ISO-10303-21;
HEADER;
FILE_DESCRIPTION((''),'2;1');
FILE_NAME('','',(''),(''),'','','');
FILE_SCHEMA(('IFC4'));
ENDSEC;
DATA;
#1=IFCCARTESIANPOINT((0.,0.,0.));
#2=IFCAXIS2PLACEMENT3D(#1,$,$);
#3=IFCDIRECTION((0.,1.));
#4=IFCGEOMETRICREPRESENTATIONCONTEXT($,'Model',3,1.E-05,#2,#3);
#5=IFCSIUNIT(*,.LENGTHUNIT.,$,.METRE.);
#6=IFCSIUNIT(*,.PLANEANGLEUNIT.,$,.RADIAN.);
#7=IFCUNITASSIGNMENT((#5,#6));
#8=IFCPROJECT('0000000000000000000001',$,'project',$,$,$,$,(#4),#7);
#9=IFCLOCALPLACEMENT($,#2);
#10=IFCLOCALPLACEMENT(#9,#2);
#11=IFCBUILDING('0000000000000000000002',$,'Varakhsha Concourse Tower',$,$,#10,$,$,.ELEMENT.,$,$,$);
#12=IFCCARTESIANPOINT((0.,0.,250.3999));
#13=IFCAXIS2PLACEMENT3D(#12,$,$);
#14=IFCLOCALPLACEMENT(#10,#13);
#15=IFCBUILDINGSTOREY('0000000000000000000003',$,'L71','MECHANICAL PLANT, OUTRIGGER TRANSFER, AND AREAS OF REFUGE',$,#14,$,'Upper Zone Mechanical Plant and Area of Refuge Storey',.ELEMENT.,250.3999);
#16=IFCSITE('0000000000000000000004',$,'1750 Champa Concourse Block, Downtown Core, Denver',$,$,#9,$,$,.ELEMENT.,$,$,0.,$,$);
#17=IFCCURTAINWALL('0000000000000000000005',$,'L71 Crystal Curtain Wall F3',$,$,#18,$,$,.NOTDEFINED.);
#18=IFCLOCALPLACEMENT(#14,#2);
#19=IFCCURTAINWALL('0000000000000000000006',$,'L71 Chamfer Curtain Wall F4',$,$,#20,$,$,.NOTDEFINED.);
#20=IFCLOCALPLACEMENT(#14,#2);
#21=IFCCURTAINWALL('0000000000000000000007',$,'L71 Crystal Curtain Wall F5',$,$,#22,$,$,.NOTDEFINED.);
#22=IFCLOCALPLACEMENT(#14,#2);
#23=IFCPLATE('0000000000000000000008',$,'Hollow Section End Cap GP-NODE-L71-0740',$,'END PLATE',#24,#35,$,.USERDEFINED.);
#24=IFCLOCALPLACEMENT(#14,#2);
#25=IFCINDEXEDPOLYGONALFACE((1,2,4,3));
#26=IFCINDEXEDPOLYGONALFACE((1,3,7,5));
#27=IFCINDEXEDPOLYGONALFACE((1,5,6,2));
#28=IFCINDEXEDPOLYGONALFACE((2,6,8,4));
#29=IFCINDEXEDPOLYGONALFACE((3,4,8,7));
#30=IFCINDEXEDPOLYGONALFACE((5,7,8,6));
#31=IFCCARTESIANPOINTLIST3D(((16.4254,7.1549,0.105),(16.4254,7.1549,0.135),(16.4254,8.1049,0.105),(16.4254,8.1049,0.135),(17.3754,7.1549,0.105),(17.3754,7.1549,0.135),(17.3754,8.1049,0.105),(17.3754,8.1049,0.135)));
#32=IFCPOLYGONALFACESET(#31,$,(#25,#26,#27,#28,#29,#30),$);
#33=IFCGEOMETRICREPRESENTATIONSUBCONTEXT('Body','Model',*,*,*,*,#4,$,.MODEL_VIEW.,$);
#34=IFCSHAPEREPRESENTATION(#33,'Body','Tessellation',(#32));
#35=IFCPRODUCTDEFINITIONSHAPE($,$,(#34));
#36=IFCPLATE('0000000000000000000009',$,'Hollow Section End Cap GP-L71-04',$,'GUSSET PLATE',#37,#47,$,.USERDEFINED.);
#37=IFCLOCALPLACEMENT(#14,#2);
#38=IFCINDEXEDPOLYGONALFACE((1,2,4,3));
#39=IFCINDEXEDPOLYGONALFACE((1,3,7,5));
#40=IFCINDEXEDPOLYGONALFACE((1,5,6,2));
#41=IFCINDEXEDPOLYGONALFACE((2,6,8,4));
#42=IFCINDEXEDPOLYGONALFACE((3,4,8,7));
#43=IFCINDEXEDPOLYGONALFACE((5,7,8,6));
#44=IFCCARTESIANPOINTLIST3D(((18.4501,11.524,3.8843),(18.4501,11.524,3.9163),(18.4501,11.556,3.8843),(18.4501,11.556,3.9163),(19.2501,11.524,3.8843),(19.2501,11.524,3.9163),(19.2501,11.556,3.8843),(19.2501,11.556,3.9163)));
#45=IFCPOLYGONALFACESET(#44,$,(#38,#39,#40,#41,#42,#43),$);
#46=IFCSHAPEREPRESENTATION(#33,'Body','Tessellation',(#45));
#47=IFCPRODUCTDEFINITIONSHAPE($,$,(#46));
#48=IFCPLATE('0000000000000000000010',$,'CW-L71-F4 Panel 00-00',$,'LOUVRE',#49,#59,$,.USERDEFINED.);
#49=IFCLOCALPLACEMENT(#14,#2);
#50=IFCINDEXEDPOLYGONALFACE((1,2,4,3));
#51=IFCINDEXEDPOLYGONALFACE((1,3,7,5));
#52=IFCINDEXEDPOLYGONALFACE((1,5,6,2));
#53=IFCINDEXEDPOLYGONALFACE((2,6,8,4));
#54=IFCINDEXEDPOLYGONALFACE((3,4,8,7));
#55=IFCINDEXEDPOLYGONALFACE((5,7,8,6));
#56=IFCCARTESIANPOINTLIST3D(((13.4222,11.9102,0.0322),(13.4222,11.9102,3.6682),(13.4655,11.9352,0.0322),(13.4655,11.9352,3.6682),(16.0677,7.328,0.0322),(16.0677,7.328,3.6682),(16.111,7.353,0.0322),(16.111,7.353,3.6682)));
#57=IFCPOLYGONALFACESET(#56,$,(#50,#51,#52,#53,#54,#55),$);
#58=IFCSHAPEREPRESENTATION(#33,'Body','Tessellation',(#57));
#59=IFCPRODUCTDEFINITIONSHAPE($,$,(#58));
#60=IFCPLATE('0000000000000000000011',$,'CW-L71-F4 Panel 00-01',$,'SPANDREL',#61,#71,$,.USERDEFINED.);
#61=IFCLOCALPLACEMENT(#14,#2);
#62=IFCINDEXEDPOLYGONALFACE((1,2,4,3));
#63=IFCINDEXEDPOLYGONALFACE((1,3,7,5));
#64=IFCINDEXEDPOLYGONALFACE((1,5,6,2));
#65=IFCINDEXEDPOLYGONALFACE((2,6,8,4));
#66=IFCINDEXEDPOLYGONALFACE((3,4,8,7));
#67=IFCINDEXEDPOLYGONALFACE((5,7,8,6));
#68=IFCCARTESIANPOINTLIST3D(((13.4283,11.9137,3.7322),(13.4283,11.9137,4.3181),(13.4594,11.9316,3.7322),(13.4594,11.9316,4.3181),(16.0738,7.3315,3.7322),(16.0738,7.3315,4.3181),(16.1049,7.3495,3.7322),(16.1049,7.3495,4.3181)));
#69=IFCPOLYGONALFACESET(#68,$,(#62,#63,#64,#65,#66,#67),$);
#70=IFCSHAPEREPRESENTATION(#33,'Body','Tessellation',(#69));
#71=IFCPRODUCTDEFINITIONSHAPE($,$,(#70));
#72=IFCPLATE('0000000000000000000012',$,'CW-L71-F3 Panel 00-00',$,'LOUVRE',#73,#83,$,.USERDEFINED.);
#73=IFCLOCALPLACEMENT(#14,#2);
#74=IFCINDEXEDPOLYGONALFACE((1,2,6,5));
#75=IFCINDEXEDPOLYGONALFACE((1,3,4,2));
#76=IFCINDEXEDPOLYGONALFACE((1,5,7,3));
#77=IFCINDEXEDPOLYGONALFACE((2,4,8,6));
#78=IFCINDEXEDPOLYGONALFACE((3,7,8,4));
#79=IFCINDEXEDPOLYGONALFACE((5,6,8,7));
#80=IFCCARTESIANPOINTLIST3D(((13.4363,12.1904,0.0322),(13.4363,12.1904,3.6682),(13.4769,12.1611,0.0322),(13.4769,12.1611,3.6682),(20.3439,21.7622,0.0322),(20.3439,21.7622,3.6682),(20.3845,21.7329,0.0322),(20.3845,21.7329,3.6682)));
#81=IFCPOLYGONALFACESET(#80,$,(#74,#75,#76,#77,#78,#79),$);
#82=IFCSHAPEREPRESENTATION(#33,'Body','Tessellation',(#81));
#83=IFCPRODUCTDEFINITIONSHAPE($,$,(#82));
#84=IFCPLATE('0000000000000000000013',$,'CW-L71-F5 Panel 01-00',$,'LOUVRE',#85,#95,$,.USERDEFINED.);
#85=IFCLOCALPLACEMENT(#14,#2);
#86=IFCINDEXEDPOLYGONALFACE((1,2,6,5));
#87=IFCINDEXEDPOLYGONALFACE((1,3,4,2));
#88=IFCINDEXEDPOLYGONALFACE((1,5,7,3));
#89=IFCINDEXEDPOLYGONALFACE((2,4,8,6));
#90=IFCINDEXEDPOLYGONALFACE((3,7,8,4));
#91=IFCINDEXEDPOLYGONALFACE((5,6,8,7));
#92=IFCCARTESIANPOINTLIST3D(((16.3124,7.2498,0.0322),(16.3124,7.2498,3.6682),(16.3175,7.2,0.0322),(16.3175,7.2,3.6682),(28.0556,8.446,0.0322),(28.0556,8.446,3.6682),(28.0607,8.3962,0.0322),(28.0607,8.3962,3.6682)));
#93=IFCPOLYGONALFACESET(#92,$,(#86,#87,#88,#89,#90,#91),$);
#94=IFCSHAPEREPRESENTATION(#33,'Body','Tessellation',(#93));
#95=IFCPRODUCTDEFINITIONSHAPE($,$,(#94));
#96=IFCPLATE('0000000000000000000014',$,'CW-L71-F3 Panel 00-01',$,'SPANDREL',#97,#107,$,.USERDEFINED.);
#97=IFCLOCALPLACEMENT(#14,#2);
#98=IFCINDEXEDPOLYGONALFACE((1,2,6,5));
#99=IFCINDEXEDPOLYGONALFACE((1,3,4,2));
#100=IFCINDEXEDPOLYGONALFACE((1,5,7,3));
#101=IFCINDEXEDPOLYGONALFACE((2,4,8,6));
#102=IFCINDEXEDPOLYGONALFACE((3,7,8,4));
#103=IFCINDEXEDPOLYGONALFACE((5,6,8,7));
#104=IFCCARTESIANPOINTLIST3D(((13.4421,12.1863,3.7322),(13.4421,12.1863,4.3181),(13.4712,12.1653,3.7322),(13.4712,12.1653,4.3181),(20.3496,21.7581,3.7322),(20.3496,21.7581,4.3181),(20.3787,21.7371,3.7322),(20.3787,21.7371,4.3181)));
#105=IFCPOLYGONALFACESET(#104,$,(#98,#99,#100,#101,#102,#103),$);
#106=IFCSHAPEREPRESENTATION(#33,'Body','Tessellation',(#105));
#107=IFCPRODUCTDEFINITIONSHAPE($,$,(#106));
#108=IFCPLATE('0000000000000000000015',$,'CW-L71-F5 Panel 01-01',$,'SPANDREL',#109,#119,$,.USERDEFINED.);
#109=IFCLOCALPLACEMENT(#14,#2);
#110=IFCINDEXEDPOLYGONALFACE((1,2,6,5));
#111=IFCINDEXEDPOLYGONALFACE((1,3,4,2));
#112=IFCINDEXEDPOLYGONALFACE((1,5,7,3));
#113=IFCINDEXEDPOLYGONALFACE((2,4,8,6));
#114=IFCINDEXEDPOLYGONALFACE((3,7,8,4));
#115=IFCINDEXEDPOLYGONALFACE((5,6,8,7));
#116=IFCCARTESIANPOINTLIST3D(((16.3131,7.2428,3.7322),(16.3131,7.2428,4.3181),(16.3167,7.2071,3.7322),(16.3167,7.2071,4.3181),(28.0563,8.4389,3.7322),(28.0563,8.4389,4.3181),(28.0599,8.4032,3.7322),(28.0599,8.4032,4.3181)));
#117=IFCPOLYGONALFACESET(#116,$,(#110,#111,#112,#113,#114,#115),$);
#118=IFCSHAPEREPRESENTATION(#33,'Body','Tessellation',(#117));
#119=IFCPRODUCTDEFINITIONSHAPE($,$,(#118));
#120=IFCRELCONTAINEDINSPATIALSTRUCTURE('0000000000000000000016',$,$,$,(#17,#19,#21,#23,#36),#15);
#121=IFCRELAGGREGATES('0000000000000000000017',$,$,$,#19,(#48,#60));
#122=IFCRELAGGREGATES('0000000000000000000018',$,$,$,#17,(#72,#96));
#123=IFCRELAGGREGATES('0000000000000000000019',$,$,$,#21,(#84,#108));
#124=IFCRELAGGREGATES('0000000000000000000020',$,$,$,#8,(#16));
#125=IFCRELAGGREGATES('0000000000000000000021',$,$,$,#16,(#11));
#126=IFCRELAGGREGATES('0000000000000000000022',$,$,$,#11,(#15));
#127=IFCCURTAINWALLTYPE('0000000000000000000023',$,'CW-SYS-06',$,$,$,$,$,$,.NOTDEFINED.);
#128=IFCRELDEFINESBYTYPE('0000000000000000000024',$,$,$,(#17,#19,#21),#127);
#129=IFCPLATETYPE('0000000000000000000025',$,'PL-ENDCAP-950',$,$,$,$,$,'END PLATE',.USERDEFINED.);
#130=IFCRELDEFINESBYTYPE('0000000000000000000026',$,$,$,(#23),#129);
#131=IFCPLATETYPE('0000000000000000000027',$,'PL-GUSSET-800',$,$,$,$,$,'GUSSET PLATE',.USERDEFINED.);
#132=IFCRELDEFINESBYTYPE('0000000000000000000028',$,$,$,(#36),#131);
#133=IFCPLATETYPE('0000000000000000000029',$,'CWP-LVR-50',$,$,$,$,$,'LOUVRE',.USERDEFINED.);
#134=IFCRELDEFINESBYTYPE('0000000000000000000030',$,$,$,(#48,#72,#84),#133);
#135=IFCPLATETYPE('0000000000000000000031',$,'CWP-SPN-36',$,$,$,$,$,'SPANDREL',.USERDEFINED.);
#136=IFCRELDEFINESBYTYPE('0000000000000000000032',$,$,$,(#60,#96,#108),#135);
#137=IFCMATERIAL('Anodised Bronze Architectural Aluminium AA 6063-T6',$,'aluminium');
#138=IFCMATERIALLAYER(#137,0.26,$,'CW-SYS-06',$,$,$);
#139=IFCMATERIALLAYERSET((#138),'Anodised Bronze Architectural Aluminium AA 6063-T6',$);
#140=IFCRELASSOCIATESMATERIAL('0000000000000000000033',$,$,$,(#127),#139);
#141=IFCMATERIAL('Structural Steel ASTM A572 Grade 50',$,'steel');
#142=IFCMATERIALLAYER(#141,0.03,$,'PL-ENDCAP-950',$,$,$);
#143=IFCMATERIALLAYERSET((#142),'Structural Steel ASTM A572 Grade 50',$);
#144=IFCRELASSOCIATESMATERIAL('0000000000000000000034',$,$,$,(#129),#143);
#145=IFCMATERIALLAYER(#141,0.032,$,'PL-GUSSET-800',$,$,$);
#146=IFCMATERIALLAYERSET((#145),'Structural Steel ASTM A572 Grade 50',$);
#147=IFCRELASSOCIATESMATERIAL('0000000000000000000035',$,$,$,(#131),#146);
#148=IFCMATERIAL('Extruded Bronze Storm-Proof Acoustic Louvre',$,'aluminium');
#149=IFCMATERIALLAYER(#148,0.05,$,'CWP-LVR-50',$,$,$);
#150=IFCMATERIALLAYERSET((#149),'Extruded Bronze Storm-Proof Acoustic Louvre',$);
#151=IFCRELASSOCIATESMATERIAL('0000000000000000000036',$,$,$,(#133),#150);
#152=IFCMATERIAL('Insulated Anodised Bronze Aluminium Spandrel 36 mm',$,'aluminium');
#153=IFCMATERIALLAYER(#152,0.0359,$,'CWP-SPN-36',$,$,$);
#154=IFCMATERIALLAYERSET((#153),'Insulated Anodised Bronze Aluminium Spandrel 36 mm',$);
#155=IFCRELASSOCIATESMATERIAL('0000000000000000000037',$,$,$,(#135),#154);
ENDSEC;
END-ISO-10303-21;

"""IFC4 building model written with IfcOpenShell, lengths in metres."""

from ifc_helpers import new_model, si_unit, direction, frame, origin, origin_2d, place, context, subcontext, project, spatial, rectangle, extrude, source, transform, mapped, material, layer, layer_set, type_object, type_shapes, element, aggregate, save


model = new_model("IFC4")

# Units and contexts
model_context = context("Model", 3, precision=1e-05, world=origin(), true_north=direction((0.0, 1.0)))
body_context = subcontext(model_context, "Body", "Model", "MODEL_VIEW")
ifc_project = project(units=[si_unit("LENGTHUNIT", "METRE"), si_unit("PLANEANGLEUNIT", "RADIAN")], contexts=[model_context])

# Site, building, storey
site_placement = place(None, origin())
site = spatial("IfcSite", under=ifc_project, at=site_placement, Name="1750 Champa Concourse Block, Downtown Core, Denver", CompositionType="ELEMENT", RefElevation=0.0)
building_placement = place(site_placement, origin())
building = spatial("IfcBuilding", under=site, at=building_placement, Name="Varakhsha Concourse Tower", CompositionType="ELEMENT")
storey_placement = place(building_placement, frame((0.0, 0.0, 250.3999)))
storey = spatial("IfcBuildingStorey", under=building, at=storey_placement, Name="L71", Description="MECHANICAL PLANT, OUTRIGGER TRANSFER, AND AREAS OF REFUGE", LongName="Upper Zone Mechanical Plant and Area of Refuge Storey", CompositionType="ELEMENT", Elevation=250.3999)

# Shared definitions
ifc_material_1 = material(Name="Structural Steel ASTM A572 Grade 50", Category="steel")

# Curtain wall
ifc_material_2 = material(Name="Anodised Bronze Architectural Aluminium AA 6063-T6", Category="aluminium")
ifc_layer_1 = layer(ifc_material_2, 0.26, Name="CW-SYS-06")
ifc_layer_set_1 = layer_set([ifc_layer_1], Name="Anodised Bronze Architectural Aluminium AA 6063-T6")
curtain_wall_type = type_object("IfcCurtainWallType", Name="CW-SYS-06", PredefinedType="NOTDEFINED", material=ifc_layer_set_1)
curtain_wall_1_placement = place(storey_placement, origin())
curtain_wall_1 = element("IfcCurtainWall", 1, at=curtain_wall_1_placement, inside=storey, type_object=curtain_wall_type, Name="L71 Crystal Curtain Wall F3", PredefinedType="NOTDEFINED")

# Curtain wall
curtain_wall_2_placement = place(storey_placement, origin())
curtain_wall_2 = element("IfcCurtainWall", 2, at=curtain_wall_2_placement, inside=storey, type_object=curtain_wall_type, Name="L71 Chamfer Curtain Wall F4", PredefinedType="NOTDEFINED")

# Curtain wall
curtain_wall_3_placement = place(storey_placement, origin())
curtain_wall_3 = element("IfcCurtainWall", 3, at=curtain_wall_3_placement, inside=storey, type_object=curtain_wall_type, Name="L71 Crystal Curtain Wall F5", PredefinedType="NOTDEFINED")

# Plates
ifc_layer_2 = layer(ifc_material_1, 0.03, Name="PL-ENDCAP-950")
ifc_layer_set_2 = layer_set([ifc_layer_2], Name="Structural Steel ASTM A572 Grade 50")
plate_type_1 = type_object("IfcPlateType", Name="PL-ENDCAP-950", ElementType="END PLATE", PredefinedType="USERDEFINED", material=ifc_layer_set_2)
shared_shape_1 = source(origin(), body_context, "Body", "SweptSolid", [
    extrude(rectangle(XDim=0.95, YDim=0.95, at=origin_2d()), origin(), (0.0, 0.0, 1.0), 0.03),
])
type_shapes(plate_type_1, [shared_shape_1])
for number, where, z_axis, x_axis, name in (
    (4, (16.9004, 7.6299, 0.105), (0.0, 0.0, 1.0), (1.0, 0.0, 0.0), "Hollow Section End Cap GP-NODE-L71-0740"),
):
    element("IfcPlate", number, at=place(storey_placement, frame(where, z_axis=z_axis, x_axis=x_axis)), inside=storey, type_object=plate_type_1, Name=name, ObjectType="END PLATE", PredefinedType="USERDEFINED", context=body_context, shape_type="MappedRepresentation", body=[
        mapped(shared_shape_1, transform((0.0, 0.0, 0.0), scale=1.0)),
    ])
ifc_layer_3 = layer(ifc_material_1, 0.032, Name="PL-GUSSET-800")
ifc_layer_set_3 = layer_set([ifc_layer_3], Name="Structural Steel ASTM A572 Grade 50")
plate_type_2 = type_object("IfcPlateType", Name="PL-GUSSET-800", ElementType="GUSSET PLATE", PredefinedType="USERDEFINED", material=ifc_layer_set_3)
shared_shape_2 = source(origin(), body_context, "Body", "SweptSolid", [
    extrude(rectangle(XDim=0.8, YDim=0.032, at=origin_2d()), origin(), (0.0, 0.0, 1.0), 0.032),
])
type_shapes(plate_type_2, [shared_shape_2])
plate_1_placement = place(storey_placement, frame((18.8501, 11.54, 3.8843), z_axis=(0.0, 0.0, 1.0), x_axis=(1.0, 0.0, 0.0)))
element("IfcPlate", 5, at=plate_1_placement, inside=storey, type_object=plate_type_2, Name="Hollow Section End Cap GP-L71-04", ObjectType="GUSSET PLATE", PredefinedType="USERDEFINED", context=body_context, shape_type="MappedRepresentation", body=[
    mapped(shared_shape_2, transform((0.0, 0.0, 0.0), scale=1.0)),
])

# Plates
ifc_material_3 = material(Name="Extruded Bronze Storm-Proof Acoustic Louvre", Category="aluminium")
ifc_layer_4 = layer(ifc_material_3, 0.05, Name="CWP-LVR-50")
ifc_layer_set_4 = layer_set([ifc_layer_4], Name="Extruded Bronze Storm-Proof Acoustic Louvre")
plate_type_3 = type_object("IfcPlateType", Name="CWP-LVR-50", ElementType="LOUVRE", PredefinedType="USERDEFINED", material=ifc_layer_set_4)
shared_shape_3 = source(origin(), body_context, "Body", "SweptSolid", [
    extrude(rectangle(XDim=5.291, YDim=0.05, at=origin_2d()), origin(), (0.0, 0.0, 1.0), 3.636),
])
plate_2_placement = place(storey_placement, frame((14.7666, 9.6316, 0.0322), z_axis=(0.0, 0.0, 1.0), x_axis=(-0.5, 0.866025, 0.0)))
plate_2 = element("IfcPlate", 6, at=plate_2_placement, type_object=plate_type_3, Name="CW-L71-F4 Panel 00-00", ObjectType="LOUVRE", PredefinedType="USERDEFINED", context=body_context, shape_type="MappedRepresentation", body=[
    mapped(shared_shape_3, transform((0.0, 0.0, 0.0), scale=1.0)),
])
ifc_material_4 = material(Name="Insulated Anodised Bronze Aluminium Spandrel 36 mm", Category="aluminium")
ifc_layer_5 = layer(ifc_material_4, 0.0359, Name="CWP-SPN-36")
ifc_layer_set_5 = layer_set([ifc_layer_5], Name="Insulated Anodised Bronze Aluminium Spandrel 36 mm")
plate_type_4 = type_object("IfcPlateType", Name="CWP-SPN-36", ElementType="SPANDREL", PredefinedType="USERDEFINED", material=ifc_layer_set_5)
shared_shape_4 = source(origin(), body_context, "Body", "SweptSolid", [
    extrude(rectangle(XDim=5.291, YDim=0.0359, at=origin_2d()), origin(), (0.0, 0.0, 1.0), 0.5859),
])
plate_3_placement = place(storey_placement, frame((14.7666, 9.6316, 3.7322), z_axis=(0.0, 0.0, 1.0), x_axis=(-0.5, 0.866025, 0.0)))
plate_3 = element("IfcPlate", 7, at=plate_3_placement, type_object=plate_type_4, Name="CW-L71-F4 Panel 00-01", ObjectType="SPANDREL", PredefinedType="USERDEFINED", context=body_context, shape_type="MappedRepresentation", body=[
    mapped(shared_shape_4, transform((0.0, 0.0, 0.0), scale=1.0)),
])
aggregate(curtain_wall_2, [plate_2, plate_3])
shared_shape_5 = source(origin(), body_context, "Body", "SweptSolid", [
    extrude(rectangle(XDim=11.804, YDim=0.05, at=origin_2d()), origin(), (0.0, 0.0, 1.0), 3.636),
])
type_shapes(plate_type_3, [shared_shape_3, shared_shape_5])
plate_4_placement = place(storey_placement, frame((16.9104, 16.9617, 0.0322), z_axis=(0.0, 0.0, 1.0), x_axis=(0.585187, 0.810898, 0.0)))
plate_4 = element("IfcPlate", 8, at=plate_4_placement, type_object=plate_type_3, Name="CW-L71-F3 Panel 00-00", ObjectType="LOUVRE", PredefinedType="USERDEFINED", context=body_context, shape_type="MappedRepresentation", body=[
    mapped(shared_shape_5, transform((0.0, 0.0, 0.0), scale=1.0)),
])
plate_5_placement = place(storey_placement, frame((22.1865, 7.823, 0.0322), z_axis=(0.0, 0.0, 1.0), x_axis=(-0.994852, -0.101336, 0.0)))
plate_5 = element("IfcPlate", 9, at=plate_5_placement, type_object=plate_type_3, Name="CW-L71-F5 Panel 01-00", ObjectType="LOUVRE", PredefinedType="USERDEFINED", context=body_context, shape_type="MappedRepresentation", body=[
    mapped(shared_shape_5, transform((0.0, 0.0, 0.0), scale=1.0)),
])
shared_shape_6 = source(origin(), body_context, "Body", "SweptSolid", [
    extrude(rectangle(XDim=11.804, YDim=0.0359, at=origin_2d()), origin(), (0.0, 0.0, 1.0), 0.5859),
])
type_shapes(plate_type_4, [shared_shape_4, shared_shape_6])
plate_6_placement = place(storey_placement, frame((16.9104, 16.9617, 3.7322), z_axis=(0.0, 0.0, 1.0), x_axis=(0.585187, 0.810898, 0.0)))
plate_6 = element("IfcPlate", 10, at=plate_6_placement, type_object=plate_type_4, Name="CW-L71-F3 Panel 00-01", ObjectType="SPANDREL", PredefinedType="USERDEFINED", context=body_context, shape_type="MappedRepresentation", body=[
    mapped(shared_shape_6, transform((0.0, 0.0, 0.0), scale=1.0)),
])
aggregate(curtain_wall_1, [plate_4, plate_6])
plate_7_placement = place(storey_placement, frame((22.1865, 7.823, 3.7322), z_axis=(0.0, 0.0, 1.0), x_axis=(-0.994852, -0.101336, 0.0)))
plate_7 = element("IfcPlate", 11, at=plate_7_placement, type_object=plate_type_4, Name="CW-L71-F5 Panel 01-01", ObjectType="SPANDREL", PredefinedType="USERDEFINED", context=body_context, shape_type="MappedRepresentation", body=[
    mapped(shared_shape_6, transform((0.0, 0.0, 0.0), scale=1.0)),
])
aggregate(curtain_wall_3, [plate_5, plate_7])

save(model, "model.ifc")
